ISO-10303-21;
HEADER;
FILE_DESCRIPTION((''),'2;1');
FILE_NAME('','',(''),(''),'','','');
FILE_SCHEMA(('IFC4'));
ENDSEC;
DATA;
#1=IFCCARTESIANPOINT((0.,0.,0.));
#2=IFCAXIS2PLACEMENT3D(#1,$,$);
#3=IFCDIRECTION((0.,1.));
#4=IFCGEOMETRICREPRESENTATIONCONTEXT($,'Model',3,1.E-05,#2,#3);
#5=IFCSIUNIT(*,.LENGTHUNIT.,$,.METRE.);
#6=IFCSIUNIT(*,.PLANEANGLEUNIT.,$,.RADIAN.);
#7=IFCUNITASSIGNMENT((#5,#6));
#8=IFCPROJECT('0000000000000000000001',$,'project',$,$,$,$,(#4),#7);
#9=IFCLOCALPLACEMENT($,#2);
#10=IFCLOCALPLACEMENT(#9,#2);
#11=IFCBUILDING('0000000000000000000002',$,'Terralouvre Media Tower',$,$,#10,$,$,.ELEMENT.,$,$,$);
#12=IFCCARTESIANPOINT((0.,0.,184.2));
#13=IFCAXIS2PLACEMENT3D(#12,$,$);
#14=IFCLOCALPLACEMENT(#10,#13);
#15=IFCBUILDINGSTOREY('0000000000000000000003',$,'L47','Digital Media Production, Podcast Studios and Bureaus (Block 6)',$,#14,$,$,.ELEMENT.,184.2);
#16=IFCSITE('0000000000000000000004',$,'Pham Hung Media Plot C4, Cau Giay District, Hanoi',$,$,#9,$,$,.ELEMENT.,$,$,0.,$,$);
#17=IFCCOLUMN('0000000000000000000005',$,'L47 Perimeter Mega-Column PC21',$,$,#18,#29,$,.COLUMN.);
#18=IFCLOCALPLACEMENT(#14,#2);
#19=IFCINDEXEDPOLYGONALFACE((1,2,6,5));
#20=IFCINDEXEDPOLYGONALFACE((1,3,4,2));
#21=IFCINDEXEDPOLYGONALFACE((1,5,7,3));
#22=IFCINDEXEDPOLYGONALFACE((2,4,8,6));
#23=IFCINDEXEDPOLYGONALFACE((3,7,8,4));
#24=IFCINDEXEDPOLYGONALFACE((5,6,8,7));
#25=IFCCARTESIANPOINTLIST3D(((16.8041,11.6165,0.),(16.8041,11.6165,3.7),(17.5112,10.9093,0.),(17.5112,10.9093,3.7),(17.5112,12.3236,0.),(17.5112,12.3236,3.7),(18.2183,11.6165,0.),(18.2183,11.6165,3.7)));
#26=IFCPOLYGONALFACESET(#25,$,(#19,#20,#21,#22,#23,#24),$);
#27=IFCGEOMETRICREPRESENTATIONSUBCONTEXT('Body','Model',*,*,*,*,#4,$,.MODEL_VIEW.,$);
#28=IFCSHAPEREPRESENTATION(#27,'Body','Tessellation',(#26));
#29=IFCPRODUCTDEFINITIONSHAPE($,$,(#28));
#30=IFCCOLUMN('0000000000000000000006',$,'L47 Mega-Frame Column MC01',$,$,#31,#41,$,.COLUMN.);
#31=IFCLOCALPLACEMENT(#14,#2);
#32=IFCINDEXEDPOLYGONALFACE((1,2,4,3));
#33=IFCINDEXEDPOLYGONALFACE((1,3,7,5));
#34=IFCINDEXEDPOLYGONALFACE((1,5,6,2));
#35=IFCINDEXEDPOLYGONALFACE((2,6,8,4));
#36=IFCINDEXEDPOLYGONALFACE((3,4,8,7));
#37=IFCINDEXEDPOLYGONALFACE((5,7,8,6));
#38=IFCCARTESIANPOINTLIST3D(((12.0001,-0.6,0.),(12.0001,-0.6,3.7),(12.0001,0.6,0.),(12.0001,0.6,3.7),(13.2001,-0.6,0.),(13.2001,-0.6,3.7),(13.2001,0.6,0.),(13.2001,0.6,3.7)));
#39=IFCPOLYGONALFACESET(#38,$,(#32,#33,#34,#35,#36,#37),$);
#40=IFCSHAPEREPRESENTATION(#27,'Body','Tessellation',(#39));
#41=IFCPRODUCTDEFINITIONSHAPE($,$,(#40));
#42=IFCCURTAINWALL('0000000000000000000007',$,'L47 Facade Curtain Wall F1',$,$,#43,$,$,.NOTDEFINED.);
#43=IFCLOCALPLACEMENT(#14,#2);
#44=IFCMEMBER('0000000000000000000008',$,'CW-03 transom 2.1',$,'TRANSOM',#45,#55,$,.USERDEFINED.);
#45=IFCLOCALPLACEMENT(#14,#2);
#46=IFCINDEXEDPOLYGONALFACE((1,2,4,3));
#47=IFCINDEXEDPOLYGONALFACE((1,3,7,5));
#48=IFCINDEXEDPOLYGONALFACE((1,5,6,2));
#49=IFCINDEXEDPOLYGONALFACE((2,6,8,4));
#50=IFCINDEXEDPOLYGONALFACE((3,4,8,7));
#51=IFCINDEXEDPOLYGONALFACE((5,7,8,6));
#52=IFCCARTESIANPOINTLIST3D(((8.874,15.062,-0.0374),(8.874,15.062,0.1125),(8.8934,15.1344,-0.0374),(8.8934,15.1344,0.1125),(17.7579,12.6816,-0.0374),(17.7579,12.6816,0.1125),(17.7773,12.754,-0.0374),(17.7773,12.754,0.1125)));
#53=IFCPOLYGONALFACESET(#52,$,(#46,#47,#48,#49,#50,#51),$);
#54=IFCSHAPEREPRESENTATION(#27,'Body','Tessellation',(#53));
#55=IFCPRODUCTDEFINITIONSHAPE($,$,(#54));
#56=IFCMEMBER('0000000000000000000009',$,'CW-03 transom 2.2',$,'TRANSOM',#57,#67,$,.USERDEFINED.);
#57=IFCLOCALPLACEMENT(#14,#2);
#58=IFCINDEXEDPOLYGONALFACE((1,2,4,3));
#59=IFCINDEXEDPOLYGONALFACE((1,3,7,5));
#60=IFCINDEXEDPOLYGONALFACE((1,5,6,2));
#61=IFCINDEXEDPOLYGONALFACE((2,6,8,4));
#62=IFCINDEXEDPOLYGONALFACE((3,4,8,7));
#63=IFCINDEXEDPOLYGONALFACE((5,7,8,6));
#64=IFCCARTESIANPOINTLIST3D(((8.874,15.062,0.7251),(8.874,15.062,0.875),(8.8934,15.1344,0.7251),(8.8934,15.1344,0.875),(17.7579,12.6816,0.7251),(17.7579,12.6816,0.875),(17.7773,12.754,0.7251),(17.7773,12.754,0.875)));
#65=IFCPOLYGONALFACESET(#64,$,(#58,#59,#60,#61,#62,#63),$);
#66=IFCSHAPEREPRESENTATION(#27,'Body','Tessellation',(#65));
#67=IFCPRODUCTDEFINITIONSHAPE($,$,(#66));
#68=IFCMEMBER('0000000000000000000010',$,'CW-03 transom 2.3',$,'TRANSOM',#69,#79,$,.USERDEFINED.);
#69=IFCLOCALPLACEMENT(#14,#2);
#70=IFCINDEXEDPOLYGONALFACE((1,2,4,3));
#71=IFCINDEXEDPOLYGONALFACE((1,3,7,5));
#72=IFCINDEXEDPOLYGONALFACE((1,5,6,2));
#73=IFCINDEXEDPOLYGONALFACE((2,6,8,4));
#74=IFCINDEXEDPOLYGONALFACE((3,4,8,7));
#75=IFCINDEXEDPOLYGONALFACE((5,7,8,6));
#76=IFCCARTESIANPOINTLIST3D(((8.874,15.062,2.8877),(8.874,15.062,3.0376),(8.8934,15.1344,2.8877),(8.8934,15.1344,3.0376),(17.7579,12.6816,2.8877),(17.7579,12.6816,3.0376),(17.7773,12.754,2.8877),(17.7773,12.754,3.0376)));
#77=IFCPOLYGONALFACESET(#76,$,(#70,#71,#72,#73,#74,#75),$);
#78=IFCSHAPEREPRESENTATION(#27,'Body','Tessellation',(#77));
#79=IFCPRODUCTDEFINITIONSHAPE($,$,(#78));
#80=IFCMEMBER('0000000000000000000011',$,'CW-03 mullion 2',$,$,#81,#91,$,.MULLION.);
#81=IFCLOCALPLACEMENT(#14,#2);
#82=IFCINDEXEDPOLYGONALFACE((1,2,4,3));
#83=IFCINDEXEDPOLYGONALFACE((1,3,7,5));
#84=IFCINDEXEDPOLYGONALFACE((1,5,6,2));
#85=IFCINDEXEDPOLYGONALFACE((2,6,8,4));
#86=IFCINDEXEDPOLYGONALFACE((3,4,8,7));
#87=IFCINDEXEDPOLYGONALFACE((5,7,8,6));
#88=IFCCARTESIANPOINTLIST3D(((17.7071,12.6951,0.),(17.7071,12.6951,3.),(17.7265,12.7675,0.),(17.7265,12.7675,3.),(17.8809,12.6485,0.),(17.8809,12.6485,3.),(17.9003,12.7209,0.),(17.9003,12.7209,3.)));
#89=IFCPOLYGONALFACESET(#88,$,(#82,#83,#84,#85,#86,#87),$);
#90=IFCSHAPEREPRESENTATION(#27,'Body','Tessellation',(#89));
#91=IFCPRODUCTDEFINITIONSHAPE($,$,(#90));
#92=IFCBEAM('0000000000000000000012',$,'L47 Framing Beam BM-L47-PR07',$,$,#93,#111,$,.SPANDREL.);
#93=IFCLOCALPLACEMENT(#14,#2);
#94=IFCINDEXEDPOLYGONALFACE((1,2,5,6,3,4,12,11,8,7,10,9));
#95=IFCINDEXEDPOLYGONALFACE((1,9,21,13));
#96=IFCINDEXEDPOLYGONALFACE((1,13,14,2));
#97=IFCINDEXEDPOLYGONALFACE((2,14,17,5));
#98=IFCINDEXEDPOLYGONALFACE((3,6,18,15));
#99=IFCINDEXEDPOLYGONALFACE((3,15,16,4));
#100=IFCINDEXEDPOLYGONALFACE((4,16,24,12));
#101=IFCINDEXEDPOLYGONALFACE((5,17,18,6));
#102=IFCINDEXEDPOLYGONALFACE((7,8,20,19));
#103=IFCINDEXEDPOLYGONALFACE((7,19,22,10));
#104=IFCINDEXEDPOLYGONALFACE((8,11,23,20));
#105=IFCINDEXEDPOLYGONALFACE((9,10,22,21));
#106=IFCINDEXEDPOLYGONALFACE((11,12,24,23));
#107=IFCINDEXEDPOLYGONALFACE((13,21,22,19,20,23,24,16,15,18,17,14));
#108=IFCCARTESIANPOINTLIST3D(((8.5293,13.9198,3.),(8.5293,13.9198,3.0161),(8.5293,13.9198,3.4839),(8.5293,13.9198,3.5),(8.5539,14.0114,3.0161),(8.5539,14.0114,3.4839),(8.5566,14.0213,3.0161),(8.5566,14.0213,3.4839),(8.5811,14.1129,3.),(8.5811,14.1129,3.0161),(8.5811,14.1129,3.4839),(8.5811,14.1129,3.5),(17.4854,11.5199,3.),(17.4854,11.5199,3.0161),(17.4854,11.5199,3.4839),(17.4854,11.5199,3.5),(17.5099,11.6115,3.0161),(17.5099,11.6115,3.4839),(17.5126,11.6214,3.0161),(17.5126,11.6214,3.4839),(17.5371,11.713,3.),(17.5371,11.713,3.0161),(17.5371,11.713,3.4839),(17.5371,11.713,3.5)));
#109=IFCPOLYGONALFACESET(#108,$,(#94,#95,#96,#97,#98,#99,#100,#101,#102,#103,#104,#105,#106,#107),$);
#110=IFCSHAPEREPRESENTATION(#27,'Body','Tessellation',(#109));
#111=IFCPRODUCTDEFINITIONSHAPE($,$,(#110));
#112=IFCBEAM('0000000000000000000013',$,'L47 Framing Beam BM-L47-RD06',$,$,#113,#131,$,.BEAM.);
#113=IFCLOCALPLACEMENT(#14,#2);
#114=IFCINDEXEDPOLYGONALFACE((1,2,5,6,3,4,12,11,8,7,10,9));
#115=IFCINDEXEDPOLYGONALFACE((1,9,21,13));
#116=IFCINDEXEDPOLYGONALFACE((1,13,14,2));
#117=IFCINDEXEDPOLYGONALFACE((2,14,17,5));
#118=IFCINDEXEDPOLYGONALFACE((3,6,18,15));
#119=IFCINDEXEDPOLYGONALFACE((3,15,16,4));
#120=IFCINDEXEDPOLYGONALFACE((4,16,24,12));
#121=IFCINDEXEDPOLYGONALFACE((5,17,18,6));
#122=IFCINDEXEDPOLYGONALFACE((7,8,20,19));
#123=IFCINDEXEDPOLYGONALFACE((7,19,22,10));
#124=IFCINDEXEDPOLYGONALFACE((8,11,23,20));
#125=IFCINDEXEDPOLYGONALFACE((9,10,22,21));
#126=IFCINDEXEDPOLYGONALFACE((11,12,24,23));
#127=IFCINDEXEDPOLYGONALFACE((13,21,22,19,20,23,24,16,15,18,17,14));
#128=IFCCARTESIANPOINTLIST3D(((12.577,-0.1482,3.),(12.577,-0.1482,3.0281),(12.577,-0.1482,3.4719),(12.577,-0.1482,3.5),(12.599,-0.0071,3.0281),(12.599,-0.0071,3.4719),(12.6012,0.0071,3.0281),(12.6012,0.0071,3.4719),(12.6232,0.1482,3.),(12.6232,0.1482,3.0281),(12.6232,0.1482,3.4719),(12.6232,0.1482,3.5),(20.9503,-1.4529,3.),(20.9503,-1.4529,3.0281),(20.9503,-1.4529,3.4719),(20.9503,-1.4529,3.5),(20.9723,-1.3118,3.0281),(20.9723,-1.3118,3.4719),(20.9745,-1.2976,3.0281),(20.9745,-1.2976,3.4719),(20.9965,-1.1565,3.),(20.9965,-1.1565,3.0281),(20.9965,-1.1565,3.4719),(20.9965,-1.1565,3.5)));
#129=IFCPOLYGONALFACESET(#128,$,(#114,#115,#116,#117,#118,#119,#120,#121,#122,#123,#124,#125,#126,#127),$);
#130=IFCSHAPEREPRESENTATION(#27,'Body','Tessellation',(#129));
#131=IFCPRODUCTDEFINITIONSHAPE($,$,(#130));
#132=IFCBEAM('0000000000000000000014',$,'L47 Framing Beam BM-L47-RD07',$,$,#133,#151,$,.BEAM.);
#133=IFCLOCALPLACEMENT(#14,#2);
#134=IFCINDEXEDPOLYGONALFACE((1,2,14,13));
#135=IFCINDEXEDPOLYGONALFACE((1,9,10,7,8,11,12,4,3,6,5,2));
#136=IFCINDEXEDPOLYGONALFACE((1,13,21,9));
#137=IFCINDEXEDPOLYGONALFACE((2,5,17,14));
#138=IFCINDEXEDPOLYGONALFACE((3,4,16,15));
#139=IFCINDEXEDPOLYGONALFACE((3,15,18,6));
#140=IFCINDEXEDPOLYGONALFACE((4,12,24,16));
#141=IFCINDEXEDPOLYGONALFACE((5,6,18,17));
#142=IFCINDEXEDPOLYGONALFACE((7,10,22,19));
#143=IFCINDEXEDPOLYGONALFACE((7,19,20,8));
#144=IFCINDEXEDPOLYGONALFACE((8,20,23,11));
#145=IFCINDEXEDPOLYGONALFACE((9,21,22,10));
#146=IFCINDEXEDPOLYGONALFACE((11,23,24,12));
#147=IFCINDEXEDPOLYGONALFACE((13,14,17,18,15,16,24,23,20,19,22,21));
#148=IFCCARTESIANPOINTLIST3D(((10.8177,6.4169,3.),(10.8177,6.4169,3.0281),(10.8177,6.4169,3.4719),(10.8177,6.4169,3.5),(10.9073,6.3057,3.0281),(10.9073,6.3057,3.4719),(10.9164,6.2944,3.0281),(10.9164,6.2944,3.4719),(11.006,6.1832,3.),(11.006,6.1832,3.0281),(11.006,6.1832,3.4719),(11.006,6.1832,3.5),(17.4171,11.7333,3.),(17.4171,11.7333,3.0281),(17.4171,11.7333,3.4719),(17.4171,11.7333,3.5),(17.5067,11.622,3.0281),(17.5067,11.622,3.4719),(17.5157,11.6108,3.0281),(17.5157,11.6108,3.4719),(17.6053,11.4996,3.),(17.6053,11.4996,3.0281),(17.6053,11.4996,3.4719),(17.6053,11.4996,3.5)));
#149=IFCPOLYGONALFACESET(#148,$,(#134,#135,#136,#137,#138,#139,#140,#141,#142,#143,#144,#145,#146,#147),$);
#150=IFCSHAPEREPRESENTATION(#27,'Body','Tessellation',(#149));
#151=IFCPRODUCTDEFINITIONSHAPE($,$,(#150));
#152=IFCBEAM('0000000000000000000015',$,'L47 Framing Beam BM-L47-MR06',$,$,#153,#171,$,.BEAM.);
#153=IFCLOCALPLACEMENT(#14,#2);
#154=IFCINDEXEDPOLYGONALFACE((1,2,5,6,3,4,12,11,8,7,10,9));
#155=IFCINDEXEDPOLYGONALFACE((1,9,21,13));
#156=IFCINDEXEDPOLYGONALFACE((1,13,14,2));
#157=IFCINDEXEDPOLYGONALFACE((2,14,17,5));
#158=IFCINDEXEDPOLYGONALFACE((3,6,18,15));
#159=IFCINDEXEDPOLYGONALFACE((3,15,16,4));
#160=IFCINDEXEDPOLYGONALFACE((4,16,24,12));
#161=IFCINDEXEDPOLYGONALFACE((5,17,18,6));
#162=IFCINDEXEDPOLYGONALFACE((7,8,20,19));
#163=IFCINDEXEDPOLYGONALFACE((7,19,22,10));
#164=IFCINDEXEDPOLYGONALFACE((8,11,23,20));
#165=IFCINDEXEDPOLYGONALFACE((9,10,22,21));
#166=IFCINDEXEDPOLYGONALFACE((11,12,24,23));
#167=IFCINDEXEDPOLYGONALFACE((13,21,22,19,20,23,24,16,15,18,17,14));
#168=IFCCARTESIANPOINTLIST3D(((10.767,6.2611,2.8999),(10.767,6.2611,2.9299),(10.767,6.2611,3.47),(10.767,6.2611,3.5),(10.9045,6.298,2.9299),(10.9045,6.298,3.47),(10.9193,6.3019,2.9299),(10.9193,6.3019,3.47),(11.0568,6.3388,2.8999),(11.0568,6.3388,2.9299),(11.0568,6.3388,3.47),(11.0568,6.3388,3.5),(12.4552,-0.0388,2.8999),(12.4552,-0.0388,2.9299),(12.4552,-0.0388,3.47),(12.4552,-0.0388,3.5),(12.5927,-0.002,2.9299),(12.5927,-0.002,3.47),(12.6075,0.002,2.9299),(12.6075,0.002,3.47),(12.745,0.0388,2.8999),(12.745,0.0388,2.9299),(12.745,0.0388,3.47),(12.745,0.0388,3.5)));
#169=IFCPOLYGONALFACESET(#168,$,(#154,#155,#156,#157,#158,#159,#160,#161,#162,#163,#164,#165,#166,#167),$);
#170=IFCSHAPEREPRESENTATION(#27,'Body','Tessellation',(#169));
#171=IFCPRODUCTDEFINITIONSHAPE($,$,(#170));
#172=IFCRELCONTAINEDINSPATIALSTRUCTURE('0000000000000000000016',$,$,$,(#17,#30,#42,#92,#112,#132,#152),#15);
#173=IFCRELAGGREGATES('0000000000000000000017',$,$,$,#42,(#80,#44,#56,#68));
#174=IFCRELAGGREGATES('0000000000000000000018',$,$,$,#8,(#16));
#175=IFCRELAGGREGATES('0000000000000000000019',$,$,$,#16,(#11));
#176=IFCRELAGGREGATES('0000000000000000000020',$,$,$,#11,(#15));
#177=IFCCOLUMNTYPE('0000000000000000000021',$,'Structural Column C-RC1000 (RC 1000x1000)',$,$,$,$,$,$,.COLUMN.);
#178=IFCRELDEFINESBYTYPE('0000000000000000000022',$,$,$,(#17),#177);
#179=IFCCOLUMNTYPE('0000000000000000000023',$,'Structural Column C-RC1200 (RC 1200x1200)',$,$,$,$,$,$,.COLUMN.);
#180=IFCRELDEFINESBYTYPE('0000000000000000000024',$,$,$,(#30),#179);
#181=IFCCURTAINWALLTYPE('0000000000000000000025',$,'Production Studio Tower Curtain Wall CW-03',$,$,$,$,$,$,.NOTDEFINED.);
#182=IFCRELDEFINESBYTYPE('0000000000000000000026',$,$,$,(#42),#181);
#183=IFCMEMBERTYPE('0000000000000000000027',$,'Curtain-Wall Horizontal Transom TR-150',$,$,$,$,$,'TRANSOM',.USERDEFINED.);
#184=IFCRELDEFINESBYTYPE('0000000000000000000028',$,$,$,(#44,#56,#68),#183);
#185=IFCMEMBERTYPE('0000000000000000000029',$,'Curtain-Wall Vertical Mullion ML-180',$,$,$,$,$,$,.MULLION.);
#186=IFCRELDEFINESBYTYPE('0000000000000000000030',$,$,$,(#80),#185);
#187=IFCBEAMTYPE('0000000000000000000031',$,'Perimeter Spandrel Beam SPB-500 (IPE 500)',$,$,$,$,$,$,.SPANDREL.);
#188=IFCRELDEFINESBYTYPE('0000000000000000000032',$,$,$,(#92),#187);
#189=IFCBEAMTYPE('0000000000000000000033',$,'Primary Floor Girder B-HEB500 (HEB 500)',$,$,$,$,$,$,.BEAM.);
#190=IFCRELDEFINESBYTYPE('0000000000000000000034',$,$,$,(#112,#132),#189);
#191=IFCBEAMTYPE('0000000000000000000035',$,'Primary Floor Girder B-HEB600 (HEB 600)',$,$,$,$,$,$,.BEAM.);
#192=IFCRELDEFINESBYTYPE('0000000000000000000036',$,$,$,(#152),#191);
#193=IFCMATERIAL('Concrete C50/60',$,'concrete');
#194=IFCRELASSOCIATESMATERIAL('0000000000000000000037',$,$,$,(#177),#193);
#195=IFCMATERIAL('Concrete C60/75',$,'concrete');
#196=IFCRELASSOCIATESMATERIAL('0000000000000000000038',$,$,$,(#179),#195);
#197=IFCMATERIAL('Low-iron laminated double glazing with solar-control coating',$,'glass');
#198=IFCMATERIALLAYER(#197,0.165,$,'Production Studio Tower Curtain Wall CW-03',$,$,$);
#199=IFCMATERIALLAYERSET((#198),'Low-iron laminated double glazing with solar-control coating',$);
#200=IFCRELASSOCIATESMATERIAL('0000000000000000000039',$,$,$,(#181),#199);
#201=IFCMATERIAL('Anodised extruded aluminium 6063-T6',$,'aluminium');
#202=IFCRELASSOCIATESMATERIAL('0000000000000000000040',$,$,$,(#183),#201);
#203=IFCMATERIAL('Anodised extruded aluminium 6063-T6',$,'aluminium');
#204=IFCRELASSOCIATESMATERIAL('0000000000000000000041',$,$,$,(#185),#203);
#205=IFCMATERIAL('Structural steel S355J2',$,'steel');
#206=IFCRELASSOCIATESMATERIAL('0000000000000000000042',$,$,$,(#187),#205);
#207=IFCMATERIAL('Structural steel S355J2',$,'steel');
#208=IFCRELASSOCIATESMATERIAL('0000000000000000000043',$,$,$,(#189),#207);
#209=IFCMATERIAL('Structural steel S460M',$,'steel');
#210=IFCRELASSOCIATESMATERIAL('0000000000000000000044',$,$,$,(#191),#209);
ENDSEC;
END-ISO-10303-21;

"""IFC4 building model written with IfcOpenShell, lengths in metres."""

from ifc_helpers import new_model, si_unit, direction, frame, origin, origin_2d, place, context, subcontext, project, spatial, rectangle, i_section, extrude, material, layer, layer_set, material_profile, profile_set, type_object, element, aggregate, save


model = new_model("IFC4")

# Units and contexts
model_context = context("Model", 3, precision=1e-05, world=origin(), true_north=direction((0.0, 1.0)))
body_context = subcontext(model_context, "Body", "Model", "MODEL_VIEW")
ifc_project = project(units=[si_unit("LENGTHUNIT", "METRE"), si_unit("PLANEANGLEUNIT", "RADIAN")], contexts=[model_context])

# Site, building, storey
site_placement = place(None, origin())
site = spatial("IfcSite", under=ifc_project, at=site_placement, Name="Pham Hung Media Plot C4, Cau Giay District, Hanoi", CompositionType="ELEMENT", RefElevation=0.0)
building_placement = place(site_placement, origin())
building = spatial("IfcBuilding", under=site, at=building_placement, Name="Terralouvre Media Tower", CompositionType="ELEMENT")
storey_placement = place(building_placement, frame((0.0, 0.0, 184.2)))
storey = spatial("IfcBuildingStorey", under=building, at=storey_placement, Name="L47", Description="Digital Media Production, Podcast Studios and Bureaus (Block 6)", CompositionType="ELEMENT", Elevation=184.2)

# Columns
ifc_material_1 = material(Name="Concrete C50/60", Category="concrete")
ifc_material_profile_1 = material_profile(ifc_material_1, rectangle(XDim=1.0, YDim=1.0, at=origin_2d()), Name="RC 1000x1000")
ifc_profile_set_1 = profile_set([ifc_material_profile_1], Name="Concrete C50/60")
column_type_1 = type_object("IfcColumnType", Name="Structural Column C-RC1000 (RC 1000x1000)", PredefinedType="COLUMN", material=ifc_profile_set_1)
column_1_placement = place(storey_placement, frame((17.5112, 11.6165, 0.0), z_axis=(0.0, 0.0, 1.0), x_axis=(0.707107, 0.707107, 0.0)))
element("IfcColumn", 1, at=column_1_placement, inside=storey, type_object=column_type_1, Name="L47 Perimeter Mega-Column PC21", PredefinedType="COLUMN", context=body_context, shape_type="SweptSolid", body=[
    extrude(rectangle(XDim=1.0, YDim=1.0, at=origin_2d()), origin(), (0.0, 0.0, 1.0), 3.7),
])
ifc_material_2 = material(Name="Concrete C60/75", Category="concrete")
ifc_material_profile_2 = material_profile(ifc_material_2, rectangle(XDim=1.2, YDim=1.2, at=origin_2d()), Name="RC 1200x1200")
ifc_profile_set_2 = profile_set([ifc_material_profile_2], Name="Concrete C60/75")
column_type_2 = type_object("IfcColumnType", Name="Structural Column C-RC1200 (RC 1200x1200)", PredefinedType="COLUMN", material=ifc_profile_set_2)
column_2_placement = place(storey_placement, frame((12.6001, 0.0, 0.0), z_axis=(0.0, 0.0, 1.0), x_axis=(1.0, 0.0, 0.0)))
element("IfcColumn", 2, at=column_2_placement, inside=storey, type_object=column_type_2, Name="L47 Mega-Frame Column MC01", PredefinedType="COLUMN", context=body_context, shape_type="SweptSolid", body=[
    extrude(rectangle(XDim=1.2, YDim=1.2, at=origin_2d()), origin(), (0.0, 0.0, 1.0), 3.7),
])

# Curtain wall, members
ifc_material_3 = material(Name="Low-iron laminated double glazing with solar-control coating", Category="glass")
ifc_layer_1 = layer(ifc_material_3, 0.165, Name="Production Studio Tower Curtain Wall CW-03")
ifc_layer_set_1 = layer_set([ifc_layer_1], Name="Low-iron laminated double glazing with solar-control coating")
curtain_wall_type = type_object("IfcCurtainWallType", Name="Production Studio Tower Curtain Wall CW-03", PredefinedType="NOTDEFINED", material=ifc_layer_set_1)
curtain_wall_placement = place(storey_placement, origin())
curtain_wall = element("IfcCurtainWall", 3, at=curtain_wall_placement, inside=storey, type_object=curtain_wall_type, Name="L47 Facade Curtain Wall F1", PredefinedType="NOTDEFINED")
ifc_material_4 = material(Name="Anodised extruded aluminium 6063-T6", Category="aluminium")
ifc_material_profile_3 = material_profile(ifc_material_4, rectangle(XDim=0.075, YDim=0.1499, at=origin_2d()), Name="ALU 75x150")
ifc_profile_set_3 = profile_set([ifc_material_profile_3], Name="Anodised extruded aluminium 6063-T6")
member_type_1 = type_object("IfcMemberType", Name="Curtain-Wall Horizontal Transom TR-150", ElementType="TRANSOM", PredefinedType="USERDEFINED", material=ifc_profile_set_3)
member_1_placement = place(storey_placement, frame((17.7676, 12.7178, 0.0376), z_axis=(-0.965927, 0.258816, 0.0), x_axis=(-0.258816, -0.965927, 0.0)))
member_1 = element("IfcMember", 4, at=member_1_placement, type_object=member_type_1, Name="CW-03 transom 2.1", ObjectType="TRANSOM", PredefinedType="USERDEFINED", context=body_context, shape_type="SweptSolid", body=[
    extrude(rectangle(XDim=0.075, YDim=0.1499, at=origin_2d()), origin(), (0.0, 0.0, 1.0), 9.1973),
])
member_2_placement = place(storey_placement, frame((17.7676, 12.7178, 0.8), z_axis=(-0.965927, 0.258816, 0.0), x_axis=(-0.258816, -0.965927, 0.0)))
member_2 = element("IfcMember", 5, at=member_2_placement, type_object=member_type_1, Name="CW-03 transom 2.2", ObjectType="TRANSOM", PredefinedType="USERDEFINED", context=body_context, shape_type="SweptSolid", body=[
    extrude(rectangle(XDim=0.075, YDim=0.1499, at=origin_2d()), origin(), (0.0, 0.0, 1.0), 9.1973),
])
member_3_placement = place(storey_placement, frame((17.7676, 12.7178, 2.9626), z_axis=(-0.965927, 0.258816, 0.0), x_axis=(-0.258816, -0.965927, 0.0)))
member_3 = element("IfcMember", 6, at=member_3_placement, type_object=member_type_1, Name="CW-03 transom 2.3", ObjectType="TRANSOM", PredefinedType="USERDEFINED", context=body_context, shape_type="SweptSolid", body=[
    extrude(rectangle(XDim=0.075, YDim=0.1499, at=origin_2d()), origin(), (0.0, 0.0, 1.0), 9.1973),
])
ifc_material_5 = material(Name="Anodised extruded aluminium 6063-T6", Category="aluminium")
ifc_material_profile_4 = material_profile(ifc_material_5, rectangle(XDim=0.075, YDim=0.1799, at=origin_2d()), Name="ALU 75x180")
ifc_profile_set_4 = profile_set([ifc_material_profile_4], Name="Anodised extruded aluminium 6063-T6")
member_type_2 = type_object("IfcMemberType", Name="Curtain-Wall Vertical Mullion ML-180", PredefinedType="MULLION", material=ifc_profile_set_4)
member_4_placement = place(storey_placement, frame((17.8037, 12.708, 0.0), z_axis=(0.0, 0.0, 1.0), x_axis=(-0.258819, -0.965926, 0.0)))
member_4 = element("IfcMember", 7, at=member_4_placement, type_object=member_type_2, Name="CW-03 mullion 2", PredefinedType="MULLION", context=body_context, shape_type="SweptSolid", body=[
    extrude(rectangle(XDim=0.075, YDim=0.1799, at=origin_2d()), origin(), (0.0, 0.0, 1.0), 3.0),
])

# Beams
ifc_material_6 = material(Name="Structural steel S355J2", Category="steel")
ifc_material_profile_5 = material_profile(ifc_material_6, i_section(OverallWidth=0.2, OverallDepth=0.5, WebThickness=0.0103, FlangeThickness=0.0161, at=origin_2d()), Name="IPE 500")
ifc_profile_set_5 = profile_set([ifc_material_profile_5], Name="Structural steel S355J2")
beam_type_1 = type_object("IfcBeamType", Name="Perimeter Spandrel Beam SPB-500 (IPE 500)", PredefinedType="SPANDREL", material=ifc_profile_set_5)
beam_1_placement = place(storey_placement, frame((17.5112, 11.6165, 3.25), z_axis=(-0.965922, 0.258833, 0.0), x_axis=(-0.258833, -0.965922, 0.0)))
element("IfcBeam", 8, at=beam_1_placement, inside=storey, type_object=beam_type_1, Name="L47 Framing Beam BM-L47-PR07", PredefinedType="SPANDREL", context=body_context, shape_type="SweptSolid", body=[
    extrude(i_section(OverallWidth=0.2, OverallDepth=0.5, WebThickness=0.0103, FlangeThickness=0.0161, at=origin_2d()), origin(), (0.0, 0.0, 1.0), 9.272),
])
ifc_material_7 = material(Name="Structural steel S355J2", Category="steel")
ifc_material_profile_6 = material_profile(ifc_material_7, i_section(OverallWidth=0.3, OverallDepth=0.5, WebThickness=0.0144, FlangeThickness=0.0281, at=origin_2d()), Name="HEB 500")
ifc_profile_set_6 = profile_set([ifc_material_profile_6], Name="Structural steel S355J2")
beam_type_2 = type_object("IfcBeamType", Name="Primary Floor Girder B-HEB500 (HEB 500)", PredefinedType="BEAM", material=ifc_profile_set_6)
for number, where, z_axis, x_axis, name in (
    (9, (12.6001, 0.0, 3.25), (0.988077, -0.153958, 0.0), (0.153958, 0.988077, 0.0), "L47 Framing Beam BM-L47-RD06"),
    (10, (10.9119, 6.3, 3.25), (0.778739, 0.627347, 0.0), (-0.627347, 0.778739, 0.0), "L47 Framing Beam BM-L47-RD07"),
):
    element("IfcBeam", number, at=place(storey_placement, frame(where, z_axis=z_axis, x_axis=x_axis)), inside=storey, type_object=beam_type_2, Name=name, PredefinedType="BEAM", context=body_context, shape_type="SweptSolid", body=[
        extrude(i_section(OverallWidth=0.3, OverallDepth=0.5, WebThickness=0.0144, FlangeThickness=0.0281, at=origin_2d()), origin(), (0.0, 0.0, 1.0), 8.4744),
    ])
ifc_material_8 = material(Name="Structural steel S460M", Category="steel")
ifc_material_profile_7 = material_profile(ifc_material_8, i_section(OverallWidth=0.3, OverallDepth=0.6001, WebThickness=0.0154, FlangeThickness=0.03, at=origin_2d()), Name="HEB 600")
ifc_profile_set_7 = profile_set([ifc_material_profile_7], Name="Structural steel S460M")
beam_type_3 = type_object("IfcBeamType", Name="Primary Floor Girder B-HEB600 (HEB 600)", PredefinedType="BEAM", material=ifc_profile_set_7)
beam_2_placement = place(storey_placement, frame((12.6001, 0.0, 3.2), z_axis=(-0.258839, 0.96592, 0.0), x_axis=(-0.96592, -0.258839, 0.0)))
element("IfcBeam", 11, at=beam_2_placement, inside=storey, type_object=beam_type_3, Name="L47 Framing Beam BM-L47-MR06", PredefinedType="BEAM", context=body_context, shape_type="SweptSolid", body=[
    extrude(i_section(OverallWidth=0.3, OverallDepth=0.6001, WebThickness=0.0154, FlangeThickness=0.03, at=origin_2d()), origin(), (0.0, 0.0, 1.0), 6.5222),
])

aggregate(curtain_wall, [member_4, member_1, member_2, member_3])

save(model, "model.ifc")
